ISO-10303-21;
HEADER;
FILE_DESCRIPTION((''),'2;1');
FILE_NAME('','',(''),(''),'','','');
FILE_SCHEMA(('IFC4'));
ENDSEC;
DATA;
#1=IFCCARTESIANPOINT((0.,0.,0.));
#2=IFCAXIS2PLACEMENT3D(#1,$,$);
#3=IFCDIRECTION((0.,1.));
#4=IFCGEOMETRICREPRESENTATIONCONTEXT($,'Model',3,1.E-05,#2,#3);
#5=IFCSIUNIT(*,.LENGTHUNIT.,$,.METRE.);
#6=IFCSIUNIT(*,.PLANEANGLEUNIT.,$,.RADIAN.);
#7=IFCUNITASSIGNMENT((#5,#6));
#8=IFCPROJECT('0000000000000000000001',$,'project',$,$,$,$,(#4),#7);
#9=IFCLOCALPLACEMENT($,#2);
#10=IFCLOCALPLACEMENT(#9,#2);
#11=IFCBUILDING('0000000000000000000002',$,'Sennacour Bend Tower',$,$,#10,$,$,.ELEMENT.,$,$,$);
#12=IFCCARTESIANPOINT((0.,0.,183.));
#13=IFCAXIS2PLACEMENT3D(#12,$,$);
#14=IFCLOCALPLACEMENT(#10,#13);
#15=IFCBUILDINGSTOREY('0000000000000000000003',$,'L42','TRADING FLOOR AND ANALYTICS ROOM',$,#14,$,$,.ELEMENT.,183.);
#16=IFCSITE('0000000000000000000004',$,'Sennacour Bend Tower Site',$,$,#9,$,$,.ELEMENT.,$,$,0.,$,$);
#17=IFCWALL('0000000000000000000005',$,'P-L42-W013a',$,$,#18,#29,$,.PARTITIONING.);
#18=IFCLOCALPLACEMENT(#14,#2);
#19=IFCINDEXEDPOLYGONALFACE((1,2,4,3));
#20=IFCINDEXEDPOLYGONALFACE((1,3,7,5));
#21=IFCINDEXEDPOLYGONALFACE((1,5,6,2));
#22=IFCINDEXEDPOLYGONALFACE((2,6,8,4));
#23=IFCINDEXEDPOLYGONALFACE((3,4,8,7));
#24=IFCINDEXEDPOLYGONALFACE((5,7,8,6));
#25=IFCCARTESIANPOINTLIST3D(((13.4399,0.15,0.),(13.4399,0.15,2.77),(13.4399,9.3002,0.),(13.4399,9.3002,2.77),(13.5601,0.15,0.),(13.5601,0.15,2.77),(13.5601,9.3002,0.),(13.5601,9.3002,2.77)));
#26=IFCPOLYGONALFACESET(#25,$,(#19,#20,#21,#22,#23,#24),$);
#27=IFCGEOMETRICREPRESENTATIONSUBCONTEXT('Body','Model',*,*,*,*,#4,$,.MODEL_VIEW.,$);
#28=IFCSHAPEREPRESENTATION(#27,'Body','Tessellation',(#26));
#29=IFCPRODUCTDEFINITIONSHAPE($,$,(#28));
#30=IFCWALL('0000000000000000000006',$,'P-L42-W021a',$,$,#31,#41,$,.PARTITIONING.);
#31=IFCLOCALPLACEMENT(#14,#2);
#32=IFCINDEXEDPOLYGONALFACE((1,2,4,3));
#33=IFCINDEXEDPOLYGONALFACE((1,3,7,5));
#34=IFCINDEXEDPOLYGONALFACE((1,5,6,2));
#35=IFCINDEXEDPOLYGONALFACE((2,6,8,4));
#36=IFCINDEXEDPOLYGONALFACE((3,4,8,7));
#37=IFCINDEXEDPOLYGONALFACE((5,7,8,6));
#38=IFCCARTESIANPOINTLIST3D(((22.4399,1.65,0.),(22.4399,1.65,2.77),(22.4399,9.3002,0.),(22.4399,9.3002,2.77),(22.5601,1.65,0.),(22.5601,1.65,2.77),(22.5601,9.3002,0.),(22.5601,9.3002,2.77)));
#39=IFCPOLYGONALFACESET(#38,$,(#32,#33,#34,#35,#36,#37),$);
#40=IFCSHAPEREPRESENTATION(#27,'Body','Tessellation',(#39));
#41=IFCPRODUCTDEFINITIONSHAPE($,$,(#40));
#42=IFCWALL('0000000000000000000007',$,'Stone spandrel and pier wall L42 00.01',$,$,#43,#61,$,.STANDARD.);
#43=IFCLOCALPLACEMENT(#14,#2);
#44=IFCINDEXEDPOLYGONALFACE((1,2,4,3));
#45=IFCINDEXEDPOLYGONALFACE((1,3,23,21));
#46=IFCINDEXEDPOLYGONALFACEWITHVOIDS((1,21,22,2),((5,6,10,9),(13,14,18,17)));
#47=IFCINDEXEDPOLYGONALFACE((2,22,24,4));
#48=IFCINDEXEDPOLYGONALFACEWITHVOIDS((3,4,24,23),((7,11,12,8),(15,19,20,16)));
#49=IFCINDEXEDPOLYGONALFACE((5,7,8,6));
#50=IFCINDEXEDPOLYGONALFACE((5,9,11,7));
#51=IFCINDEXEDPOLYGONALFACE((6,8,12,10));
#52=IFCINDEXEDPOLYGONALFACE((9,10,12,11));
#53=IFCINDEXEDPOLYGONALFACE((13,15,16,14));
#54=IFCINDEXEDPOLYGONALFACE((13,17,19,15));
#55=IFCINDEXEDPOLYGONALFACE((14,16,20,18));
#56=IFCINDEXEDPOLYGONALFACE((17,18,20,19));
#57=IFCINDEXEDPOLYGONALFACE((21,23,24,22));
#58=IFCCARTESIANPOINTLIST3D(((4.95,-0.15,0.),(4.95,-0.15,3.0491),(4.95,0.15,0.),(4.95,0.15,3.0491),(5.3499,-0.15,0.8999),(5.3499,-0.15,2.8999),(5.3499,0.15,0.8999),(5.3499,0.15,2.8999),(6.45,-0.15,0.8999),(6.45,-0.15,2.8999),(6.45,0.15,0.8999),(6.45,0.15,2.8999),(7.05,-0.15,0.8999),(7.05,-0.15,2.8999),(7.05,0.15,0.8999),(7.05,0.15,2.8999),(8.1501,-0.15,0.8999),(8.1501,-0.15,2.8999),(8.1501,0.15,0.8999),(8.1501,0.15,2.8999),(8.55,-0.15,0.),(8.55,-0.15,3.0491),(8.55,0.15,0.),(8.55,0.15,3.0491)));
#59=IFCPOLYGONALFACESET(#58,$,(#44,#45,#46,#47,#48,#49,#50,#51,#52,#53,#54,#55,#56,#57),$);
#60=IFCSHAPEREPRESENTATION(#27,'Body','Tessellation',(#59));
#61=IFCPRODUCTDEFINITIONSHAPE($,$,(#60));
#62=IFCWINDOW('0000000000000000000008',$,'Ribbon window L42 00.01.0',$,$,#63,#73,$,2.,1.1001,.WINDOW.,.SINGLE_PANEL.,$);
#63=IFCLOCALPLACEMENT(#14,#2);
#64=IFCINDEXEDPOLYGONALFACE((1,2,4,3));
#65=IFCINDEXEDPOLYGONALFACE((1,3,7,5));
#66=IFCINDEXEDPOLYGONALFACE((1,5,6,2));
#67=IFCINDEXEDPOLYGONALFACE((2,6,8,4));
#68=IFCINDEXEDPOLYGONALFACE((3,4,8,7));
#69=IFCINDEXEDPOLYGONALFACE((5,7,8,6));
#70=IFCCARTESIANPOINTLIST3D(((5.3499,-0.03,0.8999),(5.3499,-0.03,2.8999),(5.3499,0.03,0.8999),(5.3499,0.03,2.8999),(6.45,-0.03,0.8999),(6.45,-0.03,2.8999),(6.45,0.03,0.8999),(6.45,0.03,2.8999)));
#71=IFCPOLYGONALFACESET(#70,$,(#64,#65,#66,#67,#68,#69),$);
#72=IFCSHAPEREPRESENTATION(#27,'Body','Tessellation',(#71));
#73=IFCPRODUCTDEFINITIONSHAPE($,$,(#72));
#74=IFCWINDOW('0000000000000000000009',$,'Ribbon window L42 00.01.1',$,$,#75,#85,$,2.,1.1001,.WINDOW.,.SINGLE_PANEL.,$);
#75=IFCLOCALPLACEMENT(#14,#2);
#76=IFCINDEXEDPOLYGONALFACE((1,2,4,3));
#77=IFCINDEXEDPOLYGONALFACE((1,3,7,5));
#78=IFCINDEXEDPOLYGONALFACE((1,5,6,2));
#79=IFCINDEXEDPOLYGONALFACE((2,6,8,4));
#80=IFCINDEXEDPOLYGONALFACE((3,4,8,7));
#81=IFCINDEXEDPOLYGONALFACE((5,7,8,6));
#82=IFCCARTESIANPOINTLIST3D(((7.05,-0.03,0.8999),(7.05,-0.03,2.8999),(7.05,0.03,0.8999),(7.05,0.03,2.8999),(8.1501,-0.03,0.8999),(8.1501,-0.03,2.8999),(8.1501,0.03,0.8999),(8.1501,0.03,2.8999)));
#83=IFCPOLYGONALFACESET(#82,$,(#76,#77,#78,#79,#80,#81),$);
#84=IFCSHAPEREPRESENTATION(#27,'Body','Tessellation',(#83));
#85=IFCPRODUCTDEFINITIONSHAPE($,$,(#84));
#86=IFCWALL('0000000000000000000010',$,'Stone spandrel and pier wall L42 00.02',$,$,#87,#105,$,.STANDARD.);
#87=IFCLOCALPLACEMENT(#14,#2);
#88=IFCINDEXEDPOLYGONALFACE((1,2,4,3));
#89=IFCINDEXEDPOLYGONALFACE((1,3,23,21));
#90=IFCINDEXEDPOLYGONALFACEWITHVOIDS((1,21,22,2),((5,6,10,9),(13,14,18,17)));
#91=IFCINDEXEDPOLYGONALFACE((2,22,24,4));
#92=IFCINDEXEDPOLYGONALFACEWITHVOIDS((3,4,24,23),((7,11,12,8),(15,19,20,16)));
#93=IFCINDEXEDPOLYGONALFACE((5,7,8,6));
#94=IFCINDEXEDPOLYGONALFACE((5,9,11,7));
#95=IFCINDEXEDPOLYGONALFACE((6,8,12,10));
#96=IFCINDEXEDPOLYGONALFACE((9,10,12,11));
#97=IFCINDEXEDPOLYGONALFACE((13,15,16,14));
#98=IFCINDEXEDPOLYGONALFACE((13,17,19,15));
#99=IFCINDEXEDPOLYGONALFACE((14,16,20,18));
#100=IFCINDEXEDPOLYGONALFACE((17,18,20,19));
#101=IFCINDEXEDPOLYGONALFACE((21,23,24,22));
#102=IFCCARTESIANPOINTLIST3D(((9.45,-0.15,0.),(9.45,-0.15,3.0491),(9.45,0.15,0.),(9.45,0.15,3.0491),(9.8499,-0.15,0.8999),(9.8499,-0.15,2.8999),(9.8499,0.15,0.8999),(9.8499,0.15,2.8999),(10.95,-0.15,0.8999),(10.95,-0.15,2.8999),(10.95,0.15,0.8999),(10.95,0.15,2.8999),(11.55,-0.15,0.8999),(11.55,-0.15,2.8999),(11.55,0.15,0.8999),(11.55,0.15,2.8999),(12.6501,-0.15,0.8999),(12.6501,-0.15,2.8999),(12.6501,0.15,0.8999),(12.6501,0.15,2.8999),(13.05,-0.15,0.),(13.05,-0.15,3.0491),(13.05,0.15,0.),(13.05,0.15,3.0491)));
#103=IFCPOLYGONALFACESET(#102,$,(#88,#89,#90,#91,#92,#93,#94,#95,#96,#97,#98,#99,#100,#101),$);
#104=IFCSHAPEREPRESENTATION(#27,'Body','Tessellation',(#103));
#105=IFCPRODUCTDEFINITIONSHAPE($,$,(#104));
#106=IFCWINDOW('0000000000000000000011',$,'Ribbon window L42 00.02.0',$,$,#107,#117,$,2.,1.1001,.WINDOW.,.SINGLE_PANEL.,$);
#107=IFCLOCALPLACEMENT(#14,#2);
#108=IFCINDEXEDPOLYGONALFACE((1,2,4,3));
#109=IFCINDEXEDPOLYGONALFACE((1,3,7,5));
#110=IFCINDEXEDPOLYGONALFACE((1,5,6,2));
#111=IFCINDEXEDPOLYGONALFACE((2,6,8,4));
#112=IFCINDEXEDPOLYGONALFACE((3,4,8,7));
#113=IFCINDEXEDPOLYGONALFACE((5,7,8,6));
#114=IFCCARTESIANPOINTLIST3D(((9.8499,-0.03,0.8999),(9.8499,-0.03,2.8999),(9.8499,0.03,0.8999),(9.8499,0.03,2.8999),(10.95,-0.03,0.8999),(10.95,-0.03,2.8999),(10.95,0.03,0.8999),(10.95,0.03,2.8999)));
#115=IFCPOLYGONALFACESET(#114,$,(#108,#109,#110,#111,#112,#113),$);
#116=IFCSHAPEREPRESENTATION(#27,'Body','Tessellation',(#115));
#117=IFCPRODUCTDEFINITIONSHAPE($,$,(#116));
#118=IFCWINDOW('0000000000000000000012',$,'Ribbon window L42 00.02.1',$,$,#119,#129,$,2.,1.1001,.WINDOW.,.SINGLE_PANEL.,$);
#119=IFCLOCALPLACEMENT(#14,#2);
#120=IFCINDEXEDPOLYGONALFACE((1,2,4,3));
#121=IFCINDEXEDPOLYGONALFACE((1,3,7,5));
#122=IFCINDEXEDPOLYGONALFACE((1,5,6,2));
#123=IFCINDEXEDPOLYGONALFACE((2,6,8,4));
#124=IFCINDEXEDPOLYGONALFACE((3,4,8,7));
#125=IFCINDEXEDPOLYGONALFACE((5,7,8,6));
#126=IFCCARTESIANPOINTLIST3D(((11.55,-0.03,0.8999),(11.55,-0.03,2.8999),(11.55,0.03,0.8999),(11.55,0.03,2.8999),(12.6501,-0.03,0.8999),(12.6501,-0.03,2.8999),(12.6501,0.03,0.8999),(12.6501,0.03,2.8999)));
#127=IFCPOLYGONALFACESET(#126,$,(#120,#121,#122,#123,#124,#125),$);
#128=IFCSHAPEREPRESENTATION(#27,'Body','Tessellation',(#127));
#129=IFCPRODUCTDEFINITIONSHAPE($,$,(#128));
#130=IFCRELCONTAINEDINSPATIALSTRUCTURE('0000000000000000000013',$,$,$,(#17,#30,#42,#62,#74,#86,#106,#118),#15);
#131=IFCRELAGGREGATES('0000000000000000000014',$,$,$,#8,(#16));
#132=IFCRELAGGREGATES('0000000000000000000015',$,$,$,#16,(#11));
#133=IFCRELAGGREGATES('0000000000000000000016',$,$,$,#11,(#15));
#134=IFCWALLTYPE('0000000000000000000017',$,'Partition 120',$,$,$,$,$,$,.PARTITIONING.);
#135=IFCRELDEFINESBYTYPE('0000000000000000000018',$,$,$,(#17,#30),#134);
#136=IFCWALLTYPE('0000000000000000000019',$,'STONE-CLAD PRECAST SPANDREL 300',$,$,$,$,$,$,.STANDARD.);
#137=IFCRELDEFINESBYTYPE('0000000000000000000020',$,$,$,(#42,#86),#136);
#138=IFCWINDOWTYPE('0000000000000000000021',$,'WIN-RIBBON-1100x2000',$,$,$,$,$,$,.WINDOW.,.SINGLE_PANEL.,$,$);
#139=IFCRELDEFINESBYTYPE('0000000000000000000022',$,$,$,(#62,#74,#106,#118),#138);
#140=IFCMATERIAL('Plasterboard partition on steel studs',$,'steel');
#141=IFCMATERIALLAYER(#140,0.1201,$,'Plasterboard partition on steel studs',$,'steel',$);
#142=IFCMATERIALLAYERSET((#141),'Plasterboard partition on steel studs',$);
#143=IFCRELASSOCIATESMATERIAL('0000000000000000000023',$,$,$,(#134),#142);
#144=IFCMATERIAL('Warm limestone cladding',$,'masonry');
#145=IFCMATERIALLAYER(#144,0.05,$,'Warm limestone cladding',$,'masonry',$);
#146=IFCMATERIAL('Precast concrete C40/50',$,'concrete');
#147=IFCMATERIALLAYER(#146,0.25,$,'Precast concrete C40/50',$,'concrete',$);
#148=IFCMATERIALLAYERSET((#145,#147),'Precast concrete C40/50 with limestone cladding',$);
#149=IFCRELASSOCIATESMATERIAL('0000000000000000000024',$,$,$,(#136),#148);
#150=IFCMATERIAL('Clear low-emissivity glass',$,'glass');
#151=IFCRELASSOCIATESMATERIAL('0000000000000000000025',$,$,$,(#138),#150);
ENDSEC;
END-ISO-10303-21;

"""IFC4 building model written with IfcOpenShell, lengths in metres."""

from ifc_helpers import new_model, si_unit, direction, frame, frame_2d, origin, place, context, subcontext, project, spatial, rectangle, extrude, material, layer, layer_set, type_object, element, fill, save


model = new_model("IFC4")

# Units and contexts
model_context = context("Model", 3, precision=1e-05, world=origin(), true_north=direction((0.0, 1.0)))
body_context = subcontext(model_context, "Body", "Model", "MODEL_VIEW")
ifc_project = project(units=[si_unit("LENGTHUNIT", "METRE"), si_unit("PLANEANGLEUNIT", "RADIAN")], contexts=[model_context])

# Site, building, storey
site_placement = place(None, origin())
site = spatial("IfcSite", under=ifc_project, at=site_placement, Name="Sennacour Bend Tower Site", CompositionType="ELEMENT", RefElevation=0.0)
building_placement = place(site_placement, origin())
building = spatial("IfcBuilding", under=site, at=building_placement, Name="Sennacour Bend Tower", CompositionType="ELEMENT")
storey_placement = place(building_placement, frame((0.0, 0.0, 183.0)))
storey = spatial("IfcBuildingStorey", under=building, at=storey_placement, Name="L42", Description="TRADING FLOOR AND ANALYTICS ROOM", CompositionType="ELEMENT", Elevation=183.0)

# Walls
ifc_material_1 = material(Name="Plasterboard partition on steel studs", Category="steel")
ifc_layer_1 = layer(ifc_material_1, 0.1201, Name="Plasterboard partition on steel studs", Category="steel")
ifc_layer_set_1 = layer_set([ifc_layer_1], Name="Plasterboard partition on steel studs")
wall_type_1 = type_object("IfcWallType", Name="Partition 120", PredefinedType="PARTITIONING", material=ifc_layer_set_1)
wall_1_placement = place(storey_placement, frame((13.5, 0.1499, 0.0), z_axis=(0.0, 0.0, 1.0), x_axis=(0.0, 1.0, 0.0)))
element("IfcWall", 1, at=wall_1_placement, inside=storey, type_object=wall_type_1, Name="P-L42-W013a", PredefinedType="PARTITIONING", context=body_context, shape_type="SweptSolid", body=[
    extrude(rectangle(XDim=9.1501, YDim=0.1201, at=frame_2d((4.5752, 0.0))), origin(), (0.0, 0.0, 1.0), 2.77),
])
wall_2_placement = place(storey_placement, frame((22.5, 1.6499, 0.0), z_axis=(0.0, 0.0, 1.0), x_axis=(0.0, 1.0, 0.0)))
element("IfcWall", 2, at=wall_2_placement, inside=storey, type_object=wall_type_1, Name="P-L42-W021a", PredefinedType="PARTITIONING", context=body_context, shape_type="SweptSolid", body=[
    extrude(rectangle(XDim=7.6501, YDim=0.1201, at=frame_2d((3.8252, 0.0))), origin(), (0.0, 0.0, 1.0), 2.77),
])

# Walls, openings, windows
ifc_material_2 = material(Name="Warm limestone cladding", Category="masonry")
ifc_layer_2 = layer(ifc_material_2, 0.05, Name="Warm limestone cladding", Category="masonry")
ifc_material_3 = material(Name="Precast concrete C40/50", Category="concrete")
ifc_layer_3 = layer(ifc_material_3, 0.25, Name="Precast concrete C40/50", Category="concrete")
ifc_layer_set_2 = layer_set([ifc_layer_2, ifc_layer_3], Name="Precast concrete C40/50 with limestone cladding")
wall_type_2 = type_object("IfcWallType", Name="STONE-CLAD PRECAST SPANDREL 300", PredefinedType="STANDARD", material=ifc_layer_set_2)
wall_3_placement = place(storey_placement, frame((4.95, 0.0, 0.0), z_axis=(0.0, 0.0, 1.0), x_axis=(1.0, 0.0, 0.0)))
wall_3 = element("IfcWall", 3, at=wall_3_placement, inside=storey, type_object=wall_type_2, Name="Stone spandrel and pier wall L42 00.01", PredefinedType="STANDARD", context=body_context, shape_type="SweptSolid", body=[
    extrude(rectangle(XDim=3.6001, YDim=0.3, at=frame_2d((1.8, 0.0))), origin(), (0.0, 0.0, 1.0), 3.0491),
])
opening_1_placement = place(wall_3_placement, frame((0.3999, 0.0, 0.8999)))
opening_1 = element("IfcOpeningElement", 4, at=opening_1_placement, cuts=wall_3, PredefinedType="OPENING", context=body_context, shape_type="SweptSolid", body=[
    extrude(rectangle(XDim=1.1001, YDim=2.0, at=frame_2d((0.55, 1.0))), frame((0.0, 0.1602, 0.0), z_axis=(0.0, -1.0, 0.0), x_axis=(1.0, 0.0, 0.0)), (0.0, 0.0, 1.0), 0.3201),
])
opening_2_placement = place(wall_3_placement, frame((2.1001, 0.0, 0.8999)))
opening_2 = element("IfcOpeningElement", 5, at=opening_2_placement, cuts=wall_3, PredefinedType="OPENING", context=body_context, shape_type="SweptSolid", body=[
    extrude(rectangle(XDim=1.1001, YDim=2.0, at=frame_2d((0.55, 1.0))), frame((0.0, 0.1602, 0.0), z_axis=(0.0, -1.0, 0.0), x_axis=(1.0, 0.0, 0.0)), (0.0, 0.0, 1.0), 0.3201),
])
ifc_material_4 = material(Name="Clear low-emissivity glass", Category="glass")
window_type = type_object("IfcWindowType", Name="WIN-RIBBON-1100x2000", PartitioningType="SINGLE_PANEL", PredefinedType="WINDOW", material=ifc_material_4)
window_1_placement = place(opening_1_placement, origin())
window_1 = element("IfcWindow", 6, at=window_1_placement, inside=storey, type_object=window_type, Name="Ribbon window L42 00.01.0", OverallHeight=2.0, OverallWidth=1.1001, PartitioningType="SINGLE_PANEL", PredefinedType="WINDOW", context=body_context, shape_type="SweptSolid", body=[
    extrude(rectangle(XDim=1.1001, YDim=2.0, at=frame_2d((0.55, 1.0))), frame((0.0, 0.03, 0.0), z_axis=(0.0, -1.0, 0.0), x_axis=(1.0, 0.0, 0.0)), (0.0, 0.0, 1.0), 0.0601),
])
fill(opening_1, window_1)
window_2_placement = place(opening_2_placement, origin())
window_2 = element("IfcWindow", 7, at=window_2_placement, inside=storey, type_object=window_type, Name="Ribbon window L42 00.01.1", OverallHeight=2.0, OverallWidth=1.1001, PartitioningType="SINGLE_PANEL", PredefinedType="WINDOW", context=body_context, shape_type="SweptSolid", body=[
    extrude(rectangle(XDim=1.1001, YDim=2.0, at=frame_2d((0.55, 1.0))), frame((0.0, 0.03, 0.0), z_axis=(0.0, -1.0, 0.0), x_axis=(1.0, 0.0, 0.0)), (0.0, 0.0, 1.0), 0.0601),
])
fill(opening_2, window_2)
wall_4_placement = place(storey_placement, frame((9.45, 0.0, 0.0), z_axis=(0.0, 0.0, 1.0), x_axis=(1.0, 0.0, 0.0)))
wall_4 = element("IfcWall", 8, at=wall_4_placement, inside=storey, type_object=wall_type_2, Name="Stone spandrel and pier wall L42 00.02", PredefinedType="STANDARD", context=body_context, shape_type="SweptSolid", body=[
    extrude(rectangle(XDim=3.6001, YDim=0.3, at=frame_2d((1.8, 0.0))), origin(), (0.0, 0.0, 1.0), 3.0491),
])
opening_3_placement = place(wall_4_placement, frame((0.3999, 0.0, 0.8999)))
opening_3 = element("IfcOpeningElement", 9, at=opening_3_placement, cuts=wall_4, PredefinedType="OPENING", context=body_context, shape_type="SweptSolid", body=[
    extrude(rectangle(XDim=1.1001, YDim=2.0, at=frame_2d((0.55, 1.0))), frame((0.0, 0.1602, 0.0), z_axis=(0.0, -1.0, 0.0), x_axis=(1.0, 0.0, 0.0)), (0.0, 0.0, 1.0), 0.3201),
])
opening_4_placement = place(wall_4_placement, frame((2.1001, 0.0, 0.8999)))
opening_4 = element("IfcOpeningElement", 10, at=opening_4_placement, cuts=wall_4, PredefinedType="OPENING", context=body_context, shape_type="SweptSolid", body=[
    extrude(rectangle(XDim=1.1001, YDim=2.0, at=frame_2d((0.55, 1.0))), frame((0.0, 0.1602, 0.0), z_axis=(0.0, -1.0, 0.0), x_axis=(1.0, 0.0, 0.0)), (0.0, 0.0, 1.0), 0.3201),
])
window_3_placement = place(opening_3_placement, origin())
window_3 = element("IfcWindow", 11, at=window_3_placement, inside=storey, type_object=window_type, Name="Ribbon window L42 00.02.0", OverallHeight=2.0, OverallWidth=1.1001, PartitioningType="SINGLE_PANEL", PredefinedType="WINDOW", context=body_context, shape_type="SweptSolid", body=[
    extrude(rectangle(XDim=1.1001, YDim=2.0, at=frame_2d((0.55, 1.0))), frame((0.0, 0.03, 0.0), z_axis=(0.0, -1.0, 0.0), x_axis=(1.0, 0.0, 0.0)), (0.0, 0.0, 1.0), 0.0601),
])
fill(opening_3, window_3)
window_4_placement = place(opening_4_placement, origin())
window_4 = element("IfcWindow", 12, at=window_4_placement, inside=storey, type_object=window_type, Name="Ribbon window L42 00.02.1", OverallHeight=2.0, OverallWidth=1.1001, PartitioningType="SINGLE_PANEL", PredefinedType="WINDOW", context=body_context, shape_type="SweptSolid", body=[
    extrude(rectangle(XDim=1.1001, YDim=2.0, at=frame_2d((0.55, 1.0))), frame((0.0, 0.03, 0.0), z_axis=(0.0, -1.0, 0.0), x_axis=(1.0, 0.0, 0.0)), (0.0, 0.0, 1.0), 0.0601),
])
fill(opening_4, window_4)

save(model, "model.ifc")
